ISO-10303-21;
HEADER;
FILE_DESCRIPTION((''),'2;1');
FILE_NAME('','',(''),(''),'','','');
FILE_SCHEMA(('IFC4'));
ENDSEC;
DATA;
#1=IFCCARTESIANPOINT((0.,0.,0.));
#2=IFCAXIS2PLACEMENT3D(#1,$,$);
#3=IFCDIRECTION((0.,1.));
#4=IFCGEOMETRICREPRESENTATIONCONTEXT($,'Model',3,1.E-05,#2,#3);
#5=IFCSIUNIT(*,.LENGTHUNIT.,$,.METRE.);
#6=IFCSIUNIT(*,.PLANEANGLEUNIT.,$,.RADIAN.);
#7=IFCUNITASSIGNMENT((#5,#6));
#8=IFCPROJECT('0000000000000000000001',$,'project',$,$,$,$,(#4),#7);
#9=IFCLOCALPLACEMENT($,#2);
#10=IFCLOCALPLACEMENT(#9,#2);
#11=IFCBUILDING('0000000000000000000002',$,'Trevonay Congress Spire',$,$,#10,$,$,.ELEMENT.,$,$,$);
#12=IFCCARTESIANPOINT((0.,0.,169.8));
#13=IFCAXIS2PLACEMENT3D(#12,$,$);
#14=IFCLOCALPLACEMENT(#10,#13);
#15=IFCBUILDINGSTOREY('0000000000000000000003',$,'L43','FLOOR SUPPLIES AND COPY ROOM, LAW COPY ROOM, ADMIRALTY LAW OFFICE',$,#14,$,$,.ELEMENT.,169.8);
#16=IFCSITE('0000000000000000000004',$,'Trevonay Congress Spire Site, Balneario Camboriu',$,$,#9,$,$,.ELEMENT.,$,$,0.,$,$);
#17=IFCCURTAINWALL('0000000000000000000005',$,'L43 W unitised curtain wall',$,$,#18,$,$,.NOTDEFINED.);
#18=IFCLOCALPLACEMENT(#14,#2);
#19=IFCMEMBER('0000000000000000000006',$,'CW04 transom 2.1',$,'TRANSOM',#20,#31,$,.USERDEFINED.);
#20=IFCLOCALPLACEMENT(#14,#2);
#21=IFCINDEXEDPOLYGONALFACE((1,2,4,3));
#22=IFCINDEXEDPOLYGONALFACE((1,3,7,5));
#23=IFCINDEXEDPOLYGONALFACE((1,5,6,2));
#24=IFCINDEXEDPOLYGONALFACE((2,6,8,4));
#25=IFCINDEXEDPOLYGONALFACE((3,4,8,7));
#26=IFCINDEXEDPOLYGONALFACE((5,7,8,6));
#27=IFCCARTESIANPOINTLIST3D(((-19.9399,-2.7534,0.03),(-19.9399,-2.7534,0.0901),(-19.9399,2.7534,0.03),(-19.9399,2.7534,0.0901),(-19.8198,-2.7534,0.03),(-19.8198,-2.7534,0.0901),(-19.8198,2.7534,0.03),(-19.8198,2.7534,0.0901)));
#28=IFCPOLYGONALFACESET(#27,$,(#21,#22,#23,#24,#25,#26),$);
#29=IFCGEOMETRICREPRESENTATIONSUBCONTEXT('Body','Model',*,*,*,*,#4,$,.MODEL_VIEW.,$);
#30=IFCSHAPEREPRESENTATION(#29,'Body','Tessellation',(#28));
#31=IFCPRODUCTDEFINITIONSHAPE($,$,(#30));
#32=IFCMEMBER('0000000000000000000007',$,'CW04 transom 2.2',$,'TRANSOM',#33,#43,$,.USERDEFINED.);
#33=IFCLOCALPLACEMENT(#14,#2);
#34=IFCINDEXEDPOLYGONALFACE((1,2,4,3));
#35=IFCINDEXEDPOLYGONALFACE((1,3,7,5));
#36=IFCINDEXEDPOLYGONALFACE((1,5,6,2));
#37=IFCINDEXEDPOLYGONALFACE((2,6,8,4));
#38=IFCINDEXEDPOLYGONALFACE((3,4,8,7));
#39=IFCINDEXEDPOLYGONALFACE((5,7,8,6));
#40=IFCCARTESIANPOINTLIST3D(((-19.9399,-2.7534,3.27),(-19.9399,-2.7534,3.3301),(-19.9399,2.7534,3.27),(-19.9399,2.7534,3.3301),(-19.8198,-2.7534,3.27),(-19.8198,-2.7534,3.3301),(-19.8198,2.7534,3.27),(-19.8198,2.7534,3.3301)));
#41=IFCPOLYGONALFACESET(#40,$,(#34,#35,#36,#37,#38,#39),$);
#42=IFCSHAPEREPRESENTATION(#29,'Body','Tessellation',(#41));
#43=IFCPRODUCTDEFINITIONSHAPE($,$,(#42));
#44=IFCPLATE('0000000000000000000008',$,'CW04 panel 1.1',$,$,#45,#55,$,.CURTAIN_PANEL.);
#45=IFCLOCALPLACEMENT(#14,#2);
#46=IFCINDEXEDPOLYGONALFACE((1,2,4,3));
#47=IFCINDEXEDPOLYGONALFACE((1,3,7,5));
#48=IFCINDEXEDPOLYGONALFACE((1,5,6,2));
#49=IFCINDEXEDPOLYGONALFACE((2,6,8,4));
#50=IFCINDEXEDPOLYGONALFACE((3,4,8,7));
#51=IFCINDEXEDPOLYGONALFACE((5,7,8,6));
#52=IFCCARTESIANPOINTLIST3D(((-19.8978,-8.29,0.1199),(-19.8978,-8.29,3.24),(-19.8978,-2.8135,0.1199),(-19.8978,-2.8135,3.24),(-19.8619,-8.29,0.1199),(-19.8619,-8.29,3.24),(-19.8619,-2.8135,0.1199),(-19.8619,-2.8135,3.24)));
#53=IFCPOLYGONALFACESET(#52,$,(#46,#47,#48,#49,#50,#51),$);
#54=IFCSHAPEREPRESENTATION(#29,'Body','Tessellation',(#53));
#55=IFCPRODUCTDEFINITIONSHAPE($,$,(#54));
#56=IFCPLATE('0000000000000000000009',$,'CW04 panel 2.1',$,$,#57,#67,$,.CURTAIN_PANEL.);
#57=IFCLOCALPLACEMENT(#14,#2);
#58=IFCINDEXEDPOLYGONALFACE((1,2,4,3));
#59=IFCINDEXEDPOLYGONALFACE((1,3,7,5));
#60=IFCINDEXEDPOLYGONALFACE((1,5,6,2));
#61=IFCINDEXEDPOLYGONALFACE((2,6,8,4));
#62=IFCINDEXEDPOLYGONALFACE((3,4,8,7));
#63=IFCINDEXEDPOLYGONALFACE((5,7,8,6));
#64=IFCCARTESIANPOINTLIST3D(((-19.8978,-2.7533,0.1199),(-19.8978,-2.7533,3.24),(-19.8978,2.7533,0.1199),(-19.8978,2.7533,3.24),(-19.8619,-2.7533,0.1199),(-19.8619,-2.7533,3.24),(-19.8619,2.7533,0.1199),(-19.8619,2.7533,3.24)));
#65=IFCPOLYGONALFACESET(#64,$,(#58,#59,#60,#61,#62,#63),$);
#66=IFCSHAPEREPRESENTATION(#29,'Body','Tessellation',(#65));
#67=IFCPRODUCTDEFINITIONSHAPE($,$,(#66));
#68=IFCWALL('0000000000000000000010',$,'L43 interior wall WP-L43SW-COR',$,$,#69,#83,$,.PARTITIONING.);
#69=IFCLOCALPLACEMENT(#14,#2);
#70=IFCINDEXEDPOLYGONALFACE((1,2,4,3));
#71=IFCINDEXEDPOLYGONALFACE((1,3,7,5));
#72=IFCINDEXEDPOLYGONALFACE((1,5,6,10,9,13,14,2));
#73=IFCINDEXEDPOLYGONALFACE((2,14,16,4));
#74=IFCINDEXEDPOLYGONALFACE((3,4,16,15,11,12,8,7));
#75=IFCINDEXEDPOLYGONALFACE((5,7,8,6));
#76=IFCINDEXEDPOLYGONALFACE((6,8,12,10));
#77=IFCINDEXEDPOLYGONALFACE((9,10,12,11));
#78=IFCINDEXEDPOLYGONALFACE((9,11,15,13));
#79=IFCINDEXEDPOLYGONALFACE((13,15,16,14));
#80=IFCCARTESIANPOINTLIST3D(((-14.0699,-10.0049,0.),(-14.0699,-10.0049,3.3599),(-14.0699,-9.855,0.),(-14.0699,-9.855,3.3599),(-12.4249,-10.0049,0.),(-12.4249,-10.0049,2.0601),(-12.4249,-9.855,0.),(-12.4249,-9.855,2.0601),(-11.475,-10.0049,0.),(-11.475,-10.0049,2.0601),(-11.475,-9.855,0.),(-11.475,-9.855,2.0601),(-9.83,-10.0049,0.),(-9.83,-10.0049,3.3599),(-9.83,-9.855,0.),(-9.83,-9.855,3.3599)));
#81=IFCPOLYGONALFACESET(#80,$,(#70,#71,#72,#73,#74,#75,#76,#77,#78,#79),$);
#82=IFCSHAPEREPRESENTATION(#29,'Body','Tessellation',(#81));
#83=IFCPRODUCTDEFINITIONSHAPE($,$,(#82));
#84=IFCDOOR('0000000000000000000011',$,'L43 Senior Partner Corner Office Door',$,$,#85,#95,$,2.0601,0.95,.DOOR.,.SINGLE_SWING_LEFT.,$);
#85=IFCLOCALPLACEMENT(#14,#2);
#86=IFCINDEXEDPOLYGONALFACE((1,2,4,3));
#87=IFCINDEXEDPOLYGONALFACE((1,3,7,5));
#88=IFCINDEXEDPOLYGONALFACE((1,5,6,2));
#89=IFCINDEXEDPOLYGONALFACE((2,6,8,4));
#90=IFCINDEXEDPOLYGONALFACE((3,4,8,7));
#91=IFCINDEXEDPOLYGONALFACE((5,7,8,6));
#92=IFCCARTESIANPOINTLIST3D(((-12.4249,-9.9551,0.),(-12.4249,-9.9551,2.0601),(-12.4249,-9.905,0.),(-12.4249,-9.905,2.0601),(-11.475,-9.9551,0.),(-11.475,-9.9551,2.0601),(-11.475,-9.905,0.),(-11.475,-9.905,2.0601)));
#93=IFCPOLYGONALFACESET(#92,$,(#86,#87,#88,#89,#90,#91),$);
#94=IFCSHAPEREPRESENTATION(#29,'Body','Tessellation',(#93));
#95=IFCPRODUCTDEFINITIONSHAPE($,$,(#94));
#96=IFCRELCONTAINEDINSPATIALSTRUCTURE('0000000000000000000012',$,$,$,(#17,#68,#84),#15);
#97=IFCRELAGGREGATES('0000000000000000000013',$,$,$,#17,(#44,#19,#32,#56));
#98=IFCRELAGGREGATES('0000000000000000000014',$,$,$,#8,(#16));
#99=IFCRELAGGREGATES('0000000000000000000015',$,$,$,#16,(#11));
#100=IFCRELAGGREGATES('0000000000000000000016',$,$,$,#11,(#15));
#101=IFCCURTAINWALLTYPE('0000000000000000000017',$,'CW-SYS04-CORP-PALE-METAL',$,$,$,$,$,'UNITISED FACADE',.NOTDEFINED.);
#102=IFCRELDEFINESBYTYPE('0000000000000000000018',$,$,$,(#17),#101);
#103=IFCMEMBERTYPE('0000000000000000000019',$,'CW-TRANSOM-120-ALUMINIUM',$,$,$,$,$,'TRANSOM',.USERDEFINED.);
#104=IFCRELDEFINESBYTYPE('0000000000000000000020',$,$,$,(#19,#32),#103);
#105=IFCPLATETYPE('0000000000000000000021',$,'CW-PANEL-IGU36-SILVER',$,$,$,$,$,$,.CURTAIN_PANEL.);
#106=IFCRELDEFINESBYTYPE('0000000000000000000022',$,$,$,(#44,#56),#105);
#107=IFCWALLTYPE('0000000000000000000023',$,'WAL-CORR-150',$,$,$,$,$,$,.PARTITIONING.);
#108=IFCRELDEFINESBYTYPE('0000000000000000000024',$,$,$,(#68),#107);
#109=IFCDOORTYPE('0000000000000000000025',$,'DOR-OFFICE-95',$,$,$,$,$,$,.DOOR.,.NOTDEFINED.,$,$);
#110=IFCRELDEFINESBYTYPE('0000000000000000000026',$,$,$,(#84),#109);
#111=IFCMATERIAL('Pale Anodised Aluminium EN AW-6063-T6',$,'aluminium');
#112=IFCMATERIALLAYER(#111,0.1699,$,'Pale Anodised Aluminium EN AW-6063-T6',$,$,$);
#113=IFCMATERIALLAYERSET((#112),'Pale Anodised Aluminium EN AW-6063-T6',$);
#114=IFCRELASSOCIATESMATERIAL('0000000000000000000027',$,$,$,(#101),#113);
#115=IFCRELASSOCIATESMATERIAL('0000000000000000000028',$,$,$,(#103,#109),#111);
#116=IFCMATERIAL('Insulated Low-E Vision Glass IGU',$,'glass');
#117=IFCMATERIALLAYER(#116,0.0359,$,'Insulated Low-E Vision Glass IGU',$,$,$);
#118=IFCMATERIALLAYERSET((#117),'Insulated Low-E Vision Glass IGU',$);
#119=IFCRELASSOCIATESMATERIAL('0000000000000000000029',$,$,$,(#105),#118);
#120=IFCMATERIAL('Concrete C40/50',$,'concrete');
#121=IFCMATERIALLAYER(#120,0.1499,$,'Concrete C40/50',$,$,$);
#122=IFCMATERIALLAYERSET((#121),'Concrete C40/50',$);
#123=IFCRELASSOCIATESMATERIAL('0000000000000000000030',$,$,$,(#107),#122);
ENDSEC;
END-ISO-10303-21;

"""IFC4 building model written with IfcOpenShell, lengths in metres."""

from ifc_helpers import new_model, si_unit, direction, frame, frame_2d, origin, origin_2d, place, context, subcontext, project, spatial, rectangle, extrude, material, layer, layer_set, material_profile, profile_set, type_object, element, fill, aggregate, save


model = new_model("IFC4")

# Units and contexts
model_context = context("Model", 3, precision=1e-05, world=origin(), true_north=direction((0.0, 1.0)))
body_context = subcontext(model_context, "Body", "Model", "MODEL_VIEW")
ifc_project = project(units=[si_unit("LENGTHUNIT", "METRE"), si_unit("PLANEANGLEUNIT", "RADIAN")], contexts=[model_context])

# Site, building, storey
site_placement = place(None, origin())
site = spatial("IfcSite", under=ifc_project, at=site_placement, Name="Trevonay Congress Spire Site, Balneario Camboriu", CompositionType="ELEMENT", RefElevation=0.0)
building_placement = place(site_placement, origin())
building = spatial("IfcBuilding", under=site, at=building_placement, Name="Trevonay Congress Spire", CompositionType="ELEMENT")
storey_placement = place(building_placement, frame((0.0, 0.0, 169.8)))
storey = spatial("IfcBuildingStorey", under=building, at=storey_placement, Name="L43", Description="FLOOR SUPPLIES AND COPY ROOM, LAW COPY ROOM, ADMIRALTY LAW OFFICE", CompositionType="ELEMENT", Elevation=169.8)

# Curtain wall, members, plates
ifc_material_1 = material(Name="Pale Anodised Aluminium EN AW-6063-T6", Category="aluminium")
ifc_layer_1 = layer(ifc_material_1, 0.1699, Name="Pale Anodised Aluminium EN AW-6063-T6")
ifc_layer_set_1 = layer_set([ifc_layer_1], Name="Pale Anodised Aluminium EN AW-6063-T6")
curtain_wall_type = type_object("IfcCurtainWallType", Name="CW-SYS04-CORP-PALE-METAL", ElementType="UNITISED FACADE", PredefinedType="NOTDEFINED", material=ifc_layer_set_1)
curtain_wall_placement = place(storey_placement, origin())
curtain_wall = element("IfcCurtainWall", 1, at=curtain_wall_placement, inside=storey, type_object=curtain_wall_type, Name="L43 W unitised curtain wall", PredefinedType="NOTDEFINED")
ifc_material_profile_1 = material_profile(ifc_material_1, rectangle(XDim=0.1201, YDim=0.0601, at=origin_2d()), Name="CW-TRANSOM-120-ALUMINIUM")
ifc_profile_set_1 = profile_set([ifc_material_profile_1], Name="Pale Anodised Aluminium EN AW-6063-T6")
member_type_1 = type_object("IfcMemberType", Name="CW-TRANSOM-120-ALUMINIUM", ElementType="TRANSOM", PredefinedType="USERDEFINED", material=ifc_profile_set_1)
member_1_placement = place(storey_placement, frame((-19.8799, -2.7534, 0.0601), z_axis=(0.0, 1.0, 0.0), x_axis=(-1.0, 0.0, 0.0)))
member_1 = element("IfcMember", 2, at=member_1_placement, type_object=member_type_1, Name="CW04 transom 2.1", ObjectType="TRANSOM", PredefinedType="USERDEFINED", context=body_context, shape_type="SweptSolid", body=[
    extrude(rectangle(XDim=0.1201, YDim=0.0601, at=origin_2d()), origin(), (0.0, 0.0, 1.0), 5.5068),
])
member_2_placement = place(storey_placement, frame((-19.8799, -2.7534, 3.3), z_axis=(0.0, 1.0, 0.0), x_axis=(-1.0, 0.0, 0.0)))
member_2 = element("IfcMember", 3, at=member_2_placement, type_object=member_type_1, Name="CW04 transom 2.2", ObjectType="TRANSOM", PredefinedType="USERDEFINED", context=body_context, shape_type="SweptSolid", body=[
    extrude(rectangle(XDim=0.1201, YDim=0.0601, at=origin_2d()), origin(), (0.0, 0.0, 1.0), 5.5068),
])
ifc_material_2 = material(Name="Insulated Low-E Vision Glass IGU", Category="glass")
ifc_layer_2 = layer(ifc_material_2, 0.0359, Name="Insulated Low-E Vision Glass IGU")
ifc_layer_set_2 = layer_set([ifc_layer_2], Name="Insulated Low-E Vision Glass IGU")
plate_type = type_object("IfcPlateType", Name="CW-PANEL-IGU36-SILVER", PredefinedType="CURTAIN_PANEL", material=ifc_layer_set_2)
plate_1_placement = place(storey_placement, frame((-19.8799, -5.5518, 0.1199), z_axis=(0.0, 0.0, 1.0), x_axis=(0.0, 1.0, 0.0)))
plate_1 = element("IfcPlate", 4, at=plate_1_placement, type_object=plate_type, Name="CW04 panel 1.1", PredefinedType="CURTAIN_PANEL", context=body_context, shape_type="SweptSolid", body=[
    extrude(rectangle(XDim=5.4766, YDim=0.0359, at=origin_2d()), origin(), (0.0, 0.0, 1.0), 3.1201),
])
plate_2_placement = place(storey_placement, frame((-19.8799, 0.0, 0.1199), z_axis=(0.0, 0.0, 1.0), x_axis=(0.0, 1.0, 0.0)))
plate_2 = element("IfcPlate", 5, at=plate_2_placement, type_object=plate_type, Name="CW04 panel 2.1", PredefinedType="CURTAIN_PANEL", context=body_context, shape_type="SweptSolid", body=[
    extrude(rectangle(XDim=5.5066, YDim=0.0359, at=origin_2d()), origin(), (0.0, 0.0, 1.0), 3.1201),
])
aggregate(curtain_wall, [plate_1, member_1, member_2, plate_2])

# Wall, opening, door
ifc_material_3 = material(Name="Concrete C40/50", Category="concrete")
ifc_layer_3 = layer(ifc_material_3, 0.1499, Name="Concrete C40/50")
ifc_layer_set_3 = layer_set([ifc_layer_3], Name="Concrete C40/50")
wall_type_1 = type_object("IfcWallType", Name="WAL-CORR-150", PredefinedType="PARTITIONING", material=ifc_layer_set_3)
wall_1_placement = place(storey_placement, frame((-14.0701, -9.9299, 0.0), z_axis=(0.0, 0.0, 1.0), x_axis=(1.0, 0.0, 0.0)))
wall_1 = element("IfcWall", 6, at=wall_1_placement, inside=storey, type_object=wall_type_1, Name="L43 interior wall WP-L43SW-COR", PredefinedType="PARTITIONING", context=body_context, shape_type="SweptSolid", body=[
    extrude(rectangle(XDim=4.24, YDim=0.1499, at=frame_2d((2.1201, 0.0))), origin(), (0.0, 0.0, 1.0), 3.3599),
])
opening_1_placement = place(wall_1_placement, frame((1.645, 0.0, 0.0)))
opening_1 = element("IfcOpeningElement", 7, at=opening_1_placement, cuts=wall_1, PredefinedType="OPENING", context=body_context, shape_type="SweptSolid", body=[
    extrude(rectangle(XDim=0.95, YDim=2.0601, at=frame_2d((0.4751, 1.03))), frame((0.0, 0.085, 0.0), z_axis=(0.0, -1.0, 0.0), x_axis=(1.0, 0.0, 0.0)), (0.0, 0.0, 1.0), 0.1699),
])
door_type_1 = type_object("IfcDoorType", Name="DOR-OFFICE-95", OperationType="NOTDEFINED", PredefinedType="DOOR", material=ifc_material_1)
door_1_placement = place(opening_1_placement, origin())
door_1 = element("IfcDoor", 8, at=door_1_placement, inside=storey, type_object=door_type_1, Name="L43 Senior Partner Corner Office Door", OperationType="SINGLE_SWING_LEFT", OverallHeight=2.0601, OverallWidth=0.95, PredefinedType="DOOR", context=body_context, shape_type="SweptSolid", body=[
    extrude(rectangle(XDim=0.95, YDim=2.0601, at=frame_2d((0.4751, 1.03))), frame((0.0, 0.0249, 0.0), z_axis=(0.0, -1.0, 0.0), x_axis=(1.0, 0.0, 0.0)), (0.0, 0.0, 1.0), 0.05),
])
fill(opening_1, door_1)

save(model, "model.ifc")
